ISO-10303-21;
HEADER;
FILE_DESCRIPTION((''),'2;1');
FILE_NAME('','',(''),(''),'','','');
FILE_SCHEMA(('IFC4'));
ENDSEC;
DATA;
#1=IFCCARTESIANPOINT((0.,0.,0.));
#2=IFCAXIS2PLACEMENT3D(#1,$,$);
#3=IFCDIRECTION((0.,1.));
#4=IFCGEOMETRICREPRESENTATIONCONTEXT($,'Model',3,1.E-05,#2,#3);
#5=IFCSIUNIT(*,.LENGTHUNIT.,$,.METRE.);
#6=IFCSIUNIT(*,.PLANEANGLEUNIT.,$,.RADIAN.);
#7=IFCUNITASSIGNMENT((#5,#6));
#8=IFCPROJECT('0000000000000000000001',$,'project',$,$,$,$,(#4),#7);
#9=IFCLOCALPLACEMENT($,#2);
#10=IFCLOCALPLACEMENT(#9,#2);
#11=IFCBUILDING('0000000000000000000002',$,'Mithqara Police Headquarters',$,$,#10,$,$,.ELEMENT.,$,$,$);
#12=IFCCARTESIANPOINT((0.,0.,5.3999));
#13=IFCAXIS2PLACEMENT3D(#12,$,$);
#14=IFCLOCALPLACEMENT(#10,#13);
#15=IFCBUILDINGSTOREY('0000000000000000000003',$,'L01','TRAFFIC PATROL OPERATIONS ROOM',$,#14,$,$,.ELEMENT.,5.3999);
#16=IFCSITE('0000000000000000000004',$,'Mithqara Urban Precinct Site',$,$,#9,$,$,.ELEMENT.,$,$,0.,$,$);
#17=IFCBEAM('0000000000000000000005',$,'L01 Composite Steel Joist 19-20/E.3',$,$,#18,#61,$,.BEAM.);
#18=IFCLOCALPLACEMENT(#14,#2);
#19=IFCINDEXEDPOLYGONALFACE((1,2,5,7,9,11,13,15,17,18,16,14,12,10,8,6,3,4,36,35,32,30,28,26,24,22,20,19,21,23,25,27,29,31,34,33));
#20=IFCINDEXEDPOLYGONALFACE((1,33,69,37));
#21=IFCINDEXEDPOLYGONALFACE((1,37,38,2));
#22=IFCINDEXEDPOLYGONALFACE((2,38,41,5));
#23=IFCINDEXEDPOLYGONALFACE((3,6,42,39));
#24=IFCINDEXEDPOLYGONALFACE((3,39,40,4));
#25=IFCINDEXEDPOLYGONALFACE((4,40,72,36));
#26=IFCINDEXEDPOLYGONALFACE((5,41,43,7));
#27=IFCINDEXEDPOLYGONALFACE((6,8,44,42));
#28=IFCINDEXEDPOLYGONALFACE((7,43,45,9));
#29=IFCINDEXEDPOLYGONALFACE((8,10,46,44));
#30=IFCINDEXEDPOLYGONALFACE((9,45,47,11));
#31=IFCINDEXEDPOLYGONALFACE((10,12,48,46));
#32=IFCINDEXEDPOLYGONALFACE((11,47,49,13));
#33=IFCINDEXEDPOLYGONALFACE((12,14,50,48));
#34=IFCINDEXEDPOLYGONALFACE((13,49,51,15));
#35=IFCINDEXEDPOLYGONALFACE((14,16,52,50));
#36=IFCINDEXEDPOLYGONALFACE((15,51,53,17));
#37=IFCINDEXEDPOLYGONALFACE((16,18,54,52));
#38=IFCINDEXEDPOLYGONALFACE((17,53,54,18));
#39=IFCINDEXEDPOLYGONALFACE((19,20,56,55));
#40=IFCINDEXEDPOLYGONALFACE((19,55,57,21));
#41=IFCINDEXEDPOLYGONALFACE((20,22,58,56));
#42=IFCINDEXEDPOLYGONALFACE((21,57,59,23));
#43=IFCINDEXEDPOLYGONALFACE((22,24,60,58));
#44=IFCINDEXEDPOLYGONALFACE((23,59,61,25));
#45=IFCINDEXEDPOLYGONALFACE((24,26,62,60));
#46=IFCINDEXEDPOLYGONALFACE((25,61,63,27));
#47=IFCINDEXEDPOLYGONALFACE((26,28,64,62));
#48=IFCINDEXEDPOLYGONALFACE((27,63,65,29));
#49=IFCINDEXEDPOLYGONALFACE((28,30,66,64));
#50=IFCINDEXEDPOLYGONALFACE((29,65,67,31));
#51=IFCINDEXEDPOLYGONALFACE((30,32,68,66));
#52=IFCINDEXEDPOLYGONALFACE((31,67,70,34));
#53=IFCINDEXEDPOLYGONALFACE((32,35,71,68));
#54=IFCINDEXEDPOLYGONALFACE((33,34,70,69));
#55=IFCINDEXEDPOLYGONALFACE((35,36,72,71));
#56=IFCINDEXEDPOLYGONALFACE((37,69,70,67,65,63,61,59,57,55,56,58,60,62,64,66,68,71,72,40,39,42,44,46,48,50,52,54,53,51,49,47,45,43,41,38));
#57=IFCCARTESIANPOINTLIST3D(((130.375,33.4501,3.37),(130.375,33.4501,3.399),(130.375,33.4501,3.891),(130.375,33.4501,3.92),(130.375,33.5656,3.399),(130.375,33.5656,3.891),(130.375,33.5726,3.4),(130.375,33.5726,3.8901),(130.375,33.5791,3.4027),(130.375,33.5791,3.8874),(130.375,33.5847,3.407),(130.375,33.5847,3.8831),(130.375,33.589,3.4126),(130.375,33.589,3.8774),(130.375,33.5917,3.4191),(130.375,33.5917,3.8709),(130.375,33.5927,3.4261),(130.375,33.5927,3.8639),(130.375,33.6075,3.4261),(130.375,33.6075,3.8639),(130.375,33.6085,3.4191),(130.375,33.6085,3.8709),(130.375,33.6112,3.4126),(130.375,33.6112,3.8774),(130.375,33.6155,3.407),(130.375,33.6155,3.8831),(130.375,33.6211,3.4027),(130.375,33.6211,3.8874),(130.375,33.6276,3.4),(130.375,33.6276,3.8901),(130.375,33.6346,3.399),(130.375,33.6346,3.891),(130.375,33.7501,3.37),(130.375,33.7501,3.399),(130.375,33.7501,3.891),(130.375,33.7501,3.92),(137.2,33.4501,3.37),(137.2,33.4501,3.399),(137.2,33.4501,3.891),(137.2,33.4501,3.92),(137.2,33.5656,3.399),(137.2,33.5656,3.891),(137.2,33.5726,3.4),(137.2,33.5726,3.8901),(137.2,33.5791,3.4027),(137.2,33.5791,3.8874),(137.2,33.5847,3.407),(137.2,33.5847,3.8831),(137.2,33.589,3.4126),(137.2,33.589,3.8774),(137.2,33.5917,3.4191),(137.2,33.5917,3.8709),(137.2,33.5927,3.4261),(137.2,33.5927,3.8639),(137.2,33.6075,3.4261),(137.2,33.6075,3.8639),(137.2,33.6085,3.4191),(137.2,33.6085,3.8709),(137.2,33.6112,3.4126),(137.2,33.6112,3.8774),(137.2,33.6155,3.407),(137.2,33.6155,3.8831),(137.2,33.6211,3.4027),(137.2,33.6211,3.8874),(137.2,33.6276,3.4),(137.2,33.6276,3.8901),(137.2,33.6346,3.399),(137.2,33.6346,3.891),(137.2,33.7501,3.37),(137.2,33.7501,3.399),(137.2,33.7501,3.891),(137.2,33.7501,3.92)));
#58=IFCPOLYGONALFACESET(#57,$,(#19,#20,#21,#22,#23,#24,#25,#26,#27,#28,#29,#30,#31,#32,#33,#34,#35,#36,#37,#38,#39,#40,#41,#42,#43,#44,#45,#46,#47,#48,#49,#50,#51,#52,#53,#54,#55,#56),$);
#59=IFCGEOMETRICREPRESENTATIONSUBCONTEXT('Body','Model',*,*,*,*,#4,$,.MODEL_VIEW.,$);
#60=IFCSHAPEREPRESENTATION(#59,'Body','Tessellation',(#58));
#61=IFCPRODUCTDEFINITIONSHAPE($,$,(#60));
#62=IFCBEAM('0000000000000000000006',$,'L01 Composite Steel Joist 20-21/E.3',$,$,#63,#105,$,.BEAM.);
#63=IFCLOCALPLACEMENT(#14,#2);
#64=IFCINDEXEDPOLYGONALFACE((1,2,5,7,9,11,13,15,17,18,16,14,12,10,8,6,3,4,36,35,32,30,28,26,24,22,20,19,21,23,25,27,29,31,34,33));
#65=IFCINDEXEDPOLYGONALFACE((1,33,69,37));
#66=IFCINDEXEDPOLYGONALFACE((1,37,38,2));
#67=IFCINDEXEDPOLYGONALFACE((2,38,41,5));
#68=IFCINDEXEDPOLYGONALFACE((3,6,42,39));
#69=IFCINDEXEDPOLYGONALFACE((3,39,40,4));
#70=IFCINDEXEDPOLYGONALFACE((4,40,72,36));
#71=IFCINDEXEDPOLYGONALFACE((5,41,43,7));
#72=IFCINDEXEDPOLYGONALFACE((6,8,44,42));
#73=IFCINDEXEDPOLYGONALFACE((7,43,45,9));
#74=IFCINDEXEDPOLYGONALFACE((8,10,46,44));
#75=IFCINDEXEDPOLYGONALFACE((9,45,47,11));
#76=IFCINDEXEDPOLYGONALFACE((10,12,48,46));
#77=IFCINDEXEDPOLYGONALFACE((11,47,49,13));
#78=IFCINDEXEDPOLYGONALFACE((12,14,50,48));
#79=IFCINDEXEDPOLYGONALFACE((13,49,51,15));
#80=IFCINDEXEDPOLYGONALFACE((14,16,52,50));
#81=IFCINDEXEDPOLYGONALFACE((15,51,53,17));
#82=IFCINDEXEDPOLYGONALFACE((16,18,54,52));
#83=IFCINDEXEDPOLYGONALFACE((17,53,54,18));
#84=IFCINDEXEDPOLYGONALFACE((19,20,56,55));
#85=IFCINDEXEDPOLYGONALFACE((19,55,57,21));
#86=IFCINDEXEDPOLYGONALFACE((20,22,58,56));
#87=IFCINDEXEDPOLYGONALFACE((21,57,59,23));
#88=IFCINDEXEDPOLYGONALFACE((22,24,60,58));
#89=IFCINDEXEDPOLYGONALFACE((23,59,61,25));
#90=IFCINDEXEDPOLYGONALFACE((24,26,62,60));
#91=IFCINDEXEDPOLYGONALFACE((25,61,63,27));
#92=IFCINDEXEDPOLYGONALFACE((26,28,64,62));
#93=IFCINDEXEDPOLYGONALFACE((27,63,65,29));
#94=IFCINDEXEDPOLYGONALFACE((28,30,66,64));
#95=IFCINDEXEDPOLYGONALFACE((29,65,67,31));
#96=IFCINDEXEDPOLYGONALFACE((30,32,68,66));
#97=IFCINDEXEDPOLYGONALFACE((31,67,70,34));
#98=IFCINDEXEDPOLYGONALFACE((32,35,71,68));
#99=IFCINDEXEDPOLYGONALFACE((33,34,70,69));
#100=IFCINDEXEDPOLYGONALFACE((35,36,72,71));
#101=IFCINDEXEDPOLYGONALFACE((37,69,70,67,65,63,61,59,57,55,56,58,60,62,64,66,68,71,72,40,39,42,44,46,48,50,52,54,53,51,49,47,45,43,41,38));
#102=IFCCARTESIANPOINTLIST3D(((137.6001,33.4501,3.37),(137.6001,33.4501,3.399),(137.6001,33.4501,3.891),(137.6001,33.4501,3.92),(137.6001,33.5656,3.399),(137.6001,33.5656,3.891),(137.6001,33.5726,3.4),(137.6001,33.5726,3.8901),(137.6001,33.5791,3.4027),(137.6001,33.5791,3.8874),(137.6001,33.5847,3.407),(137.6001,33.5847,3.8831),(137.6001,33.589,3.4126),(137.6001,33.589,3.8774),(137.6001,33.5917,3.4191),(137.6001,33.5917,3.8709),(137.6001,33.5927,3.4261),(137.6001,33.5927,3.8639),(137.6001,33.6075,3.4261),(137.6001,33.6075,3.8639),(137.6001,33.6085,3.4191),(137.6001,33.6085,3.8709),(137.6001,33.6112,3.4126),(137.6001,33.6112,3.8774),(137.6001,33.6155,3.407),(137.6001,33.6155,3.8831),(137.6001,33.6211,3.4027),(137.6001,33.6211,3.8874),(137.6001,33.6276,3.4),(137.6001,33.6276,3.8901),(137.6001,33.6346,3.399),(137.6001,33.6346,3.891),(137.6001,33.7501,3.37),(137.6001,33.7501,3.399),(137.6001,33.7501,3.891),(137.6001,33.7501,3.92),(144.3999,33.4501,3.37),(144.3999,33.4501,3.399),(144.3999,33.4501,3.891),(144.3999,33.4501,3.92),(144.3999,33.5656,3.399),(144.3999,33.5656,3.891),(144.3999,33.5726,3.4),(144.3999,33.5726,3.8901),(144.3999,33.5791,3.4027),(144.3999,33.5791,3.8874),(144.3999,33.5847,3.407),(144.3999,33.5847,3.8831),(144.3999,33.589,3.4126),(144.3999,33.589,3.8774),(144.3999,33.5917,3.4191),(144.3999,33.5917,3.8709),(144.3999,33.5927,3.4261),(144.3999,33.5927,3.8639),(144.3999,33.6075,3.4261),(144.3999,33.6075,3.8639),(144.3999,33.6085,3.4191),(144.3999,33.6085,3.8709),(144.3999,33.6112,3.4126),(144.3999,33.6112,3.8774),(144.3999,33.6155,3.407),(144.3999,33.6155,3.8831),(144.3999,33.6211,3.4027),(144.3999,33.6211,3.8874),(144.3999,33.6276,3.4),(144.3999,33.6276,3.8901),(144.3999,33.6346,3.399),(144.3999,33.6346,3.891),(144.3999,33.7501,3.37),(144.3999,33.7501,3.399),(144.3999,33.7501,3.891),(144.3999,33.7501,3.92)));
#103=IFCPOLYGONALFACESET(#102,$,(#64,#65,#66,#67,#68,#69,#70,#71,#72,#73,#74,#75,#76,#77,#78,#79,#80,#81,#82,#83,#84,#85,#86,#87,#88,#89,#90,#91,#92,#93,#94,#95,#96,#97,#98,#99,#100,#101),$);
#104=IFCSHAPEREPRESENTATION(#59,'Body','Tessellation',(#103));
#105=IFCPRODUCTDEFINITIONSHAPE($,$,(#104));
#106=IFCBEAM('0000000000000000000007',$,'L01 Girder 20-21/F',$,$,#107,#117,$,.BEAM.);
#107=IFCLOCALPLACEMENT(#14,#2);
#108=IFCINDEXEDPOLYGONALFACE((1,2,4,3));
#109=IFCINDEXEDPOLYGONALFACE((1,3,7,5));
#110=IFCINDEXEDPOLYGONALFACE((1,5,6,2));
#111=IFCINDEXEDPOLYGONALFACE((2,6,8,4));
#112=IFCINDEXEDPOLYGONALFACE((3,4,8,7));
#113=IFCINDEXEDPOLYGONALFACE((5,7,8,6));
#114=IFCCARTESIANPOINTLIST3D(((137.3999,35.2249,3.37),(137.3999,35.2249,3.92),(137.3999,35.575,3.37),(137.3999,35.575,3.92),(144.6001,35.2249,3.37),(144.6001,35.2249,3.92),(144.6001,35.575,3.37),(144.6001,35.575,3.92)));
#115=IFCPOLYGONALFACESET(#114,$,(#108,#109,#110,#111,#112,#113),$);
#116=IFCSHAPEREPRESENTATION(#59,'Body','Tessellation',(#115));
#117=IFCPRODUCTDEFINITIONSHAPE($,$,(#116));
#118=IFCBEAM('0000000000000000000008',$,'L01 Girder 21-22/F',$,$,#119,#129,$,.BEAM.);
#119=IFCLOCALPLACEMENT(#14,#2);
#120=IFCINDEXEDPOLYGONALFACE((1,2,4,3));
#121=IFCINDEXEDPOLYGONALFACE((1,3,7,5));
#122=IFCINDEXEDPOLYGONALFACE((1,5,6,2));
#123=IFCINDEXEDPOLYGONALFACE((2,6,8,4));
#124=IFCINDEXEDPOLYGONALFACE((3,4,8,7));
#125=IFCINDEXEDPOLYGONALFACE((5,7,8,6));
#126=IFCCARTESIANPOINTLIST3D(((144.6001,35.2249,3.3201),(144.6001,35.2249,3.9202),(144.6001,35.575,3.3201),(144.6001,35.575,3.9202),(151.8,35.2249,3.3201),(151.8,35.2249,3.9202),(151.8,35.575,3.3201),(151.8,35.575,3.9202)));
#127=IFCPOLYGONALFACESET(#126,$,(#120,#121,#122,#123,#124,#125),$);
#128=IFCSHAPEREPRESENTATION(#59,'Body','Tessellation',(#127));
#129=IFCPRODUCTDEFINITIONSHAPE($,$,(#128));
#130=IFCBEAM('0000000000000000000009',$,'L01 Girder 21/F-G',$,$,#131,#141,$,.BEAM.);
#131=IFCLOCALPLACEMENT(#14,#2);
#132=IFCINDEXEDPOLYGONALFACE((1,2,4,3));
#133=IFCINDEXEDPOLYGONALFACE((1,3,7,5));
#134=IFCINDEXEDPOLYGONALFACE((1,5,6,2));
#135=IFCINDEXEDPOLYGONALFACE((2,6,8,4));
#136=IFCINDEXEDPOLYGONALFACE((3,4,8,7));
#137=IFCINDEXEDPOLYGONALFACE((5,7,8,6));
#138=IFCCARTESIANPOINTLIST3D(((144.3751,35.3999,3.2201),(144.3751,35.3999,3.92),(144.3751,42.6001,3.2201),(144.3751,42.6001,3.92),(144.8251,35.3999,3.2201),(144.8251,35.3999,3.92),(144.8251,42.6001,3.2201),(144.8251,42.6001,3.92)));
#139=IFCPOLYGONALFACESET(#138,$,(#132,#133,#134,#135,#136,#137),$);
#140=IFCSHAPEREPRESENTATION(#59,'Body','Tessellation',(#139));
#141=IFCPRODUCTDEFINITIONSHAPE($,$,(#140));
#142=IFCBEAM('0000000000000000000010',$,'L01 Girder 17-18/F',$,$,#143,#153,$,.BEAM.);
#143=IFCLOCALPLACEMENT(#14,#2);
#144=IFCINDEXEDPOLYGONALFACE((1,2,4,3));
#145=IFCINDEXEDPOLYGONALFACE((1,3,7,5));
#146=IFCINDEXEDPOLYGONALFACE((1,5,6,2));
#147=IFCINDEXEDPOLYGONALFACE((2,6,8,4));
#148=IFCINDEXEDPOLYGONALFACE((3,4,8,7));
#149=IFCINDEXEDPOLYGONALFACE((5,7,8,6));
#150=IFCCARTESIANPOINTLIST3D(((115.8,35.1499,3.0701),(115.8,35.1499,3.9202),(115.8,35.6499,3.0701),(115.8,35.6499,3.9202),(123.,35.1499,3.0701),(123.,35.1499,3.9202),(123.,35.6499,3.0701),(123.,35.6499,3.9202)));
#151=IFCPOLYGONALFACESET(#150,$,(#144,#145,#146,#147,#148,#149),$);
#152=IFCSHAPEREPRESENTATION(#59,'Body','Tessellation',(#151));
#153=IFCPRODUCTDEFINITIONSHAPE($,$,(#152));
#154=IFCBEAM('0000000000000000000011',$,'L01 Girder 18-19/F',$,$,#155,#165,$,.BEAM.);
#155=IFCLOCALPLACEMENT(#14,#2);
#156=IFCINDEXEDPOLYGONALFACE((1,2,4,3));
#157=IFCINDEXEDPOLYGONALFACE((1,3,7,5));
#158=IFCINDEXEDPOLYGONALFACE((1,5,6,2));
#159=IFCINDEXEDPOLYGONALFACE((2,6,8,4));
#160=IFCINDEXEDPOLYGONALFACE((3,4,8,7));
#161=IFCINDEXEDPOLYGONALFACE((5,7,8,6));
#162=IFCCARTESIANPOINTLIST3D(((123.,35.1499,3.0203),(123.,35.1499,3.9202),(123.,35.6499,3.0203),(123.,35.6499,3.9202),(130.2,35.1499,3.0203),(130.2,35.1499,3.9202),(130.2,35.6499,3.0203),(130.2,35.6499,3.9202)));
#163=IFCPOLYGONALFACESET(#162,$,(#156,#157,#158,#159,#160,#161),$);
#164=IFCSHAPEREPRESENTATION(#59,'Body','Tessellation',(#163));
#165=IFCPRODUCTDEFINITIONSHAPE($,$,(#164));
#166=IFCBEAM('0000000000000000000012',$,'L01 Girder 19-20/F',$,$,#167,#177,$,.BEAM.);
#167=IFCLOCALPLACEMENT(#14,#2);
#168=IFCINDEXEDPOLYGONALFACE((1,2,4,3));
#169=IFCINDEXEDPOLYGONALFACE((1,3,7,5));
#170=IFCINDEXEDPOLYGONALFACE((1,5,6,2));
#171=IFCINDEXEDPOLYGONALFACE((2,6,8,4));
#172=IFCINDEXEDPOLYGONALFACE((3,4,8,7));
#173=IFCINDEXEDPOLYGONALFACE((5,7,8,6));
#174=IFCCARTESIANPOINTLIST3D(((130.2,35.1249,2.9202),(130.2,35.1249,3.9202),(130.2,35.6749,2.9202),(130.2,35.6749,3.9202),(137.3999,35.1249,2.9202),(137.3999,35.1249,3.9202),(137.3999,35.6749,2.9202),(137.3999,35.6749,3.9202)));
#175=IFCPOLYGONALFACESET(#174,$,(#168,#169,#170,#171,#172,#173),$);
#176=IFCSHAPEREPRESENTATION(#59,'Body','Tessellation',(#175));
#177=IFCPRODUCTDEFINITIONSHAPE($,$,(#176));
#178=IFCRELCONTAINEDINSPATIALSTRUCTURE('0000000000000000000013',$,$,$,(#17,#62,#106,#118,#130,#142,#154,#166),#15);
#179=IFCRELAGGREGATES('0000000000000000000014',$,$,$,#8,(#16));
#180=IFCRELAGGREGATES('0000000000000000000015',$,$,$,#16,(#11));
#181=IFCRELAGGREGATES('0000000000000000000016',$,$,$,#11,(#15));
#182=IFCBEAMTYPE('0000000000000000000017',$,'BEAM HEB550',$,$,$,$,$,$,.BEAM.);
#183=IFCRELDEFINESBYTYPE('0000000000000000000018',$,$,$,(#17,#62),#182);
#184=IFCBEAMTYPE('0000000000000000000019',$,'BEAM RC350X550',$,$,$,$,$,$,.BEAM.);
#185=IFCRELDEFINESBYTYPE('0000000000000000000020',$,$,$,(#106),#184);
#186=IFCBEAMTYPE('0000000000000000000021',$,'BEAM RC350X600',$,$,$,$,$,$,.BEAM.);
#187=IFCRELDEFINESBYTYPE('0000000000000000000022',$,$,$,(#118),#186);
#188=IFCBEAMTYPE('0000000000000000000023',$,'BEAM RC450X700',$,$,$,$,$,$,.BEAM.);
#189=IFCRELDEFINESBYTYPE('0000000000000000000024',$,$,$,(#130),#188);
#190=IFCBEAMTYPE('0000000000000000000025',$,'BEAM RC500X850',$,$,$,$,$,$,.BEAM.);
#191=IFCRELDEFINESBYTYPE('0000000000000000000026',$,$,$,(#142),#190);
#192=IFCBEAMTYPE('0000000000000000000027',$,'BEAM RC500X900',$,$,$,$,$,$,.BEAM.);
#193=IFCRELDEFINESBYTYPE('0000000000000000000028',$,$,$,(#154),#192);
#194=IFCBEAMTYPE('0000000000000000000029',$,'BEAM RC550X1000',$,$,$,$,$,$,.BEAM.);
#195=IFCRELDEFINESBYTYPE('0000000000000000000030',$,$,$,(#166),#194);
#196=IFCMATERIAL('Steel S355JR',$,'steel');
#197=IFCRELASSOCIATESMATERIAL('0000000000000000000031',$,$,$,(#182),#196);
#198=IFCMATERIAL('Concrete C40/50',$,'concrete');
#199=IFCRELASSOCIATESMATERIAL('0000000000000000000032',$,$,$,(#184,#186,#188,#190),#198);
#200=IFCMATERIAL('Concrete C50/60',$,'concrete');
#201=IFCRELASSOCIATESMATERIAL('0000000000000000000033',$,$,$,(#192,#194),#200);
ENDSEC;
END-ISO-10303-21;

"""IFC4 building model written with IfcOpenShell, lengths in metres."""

from ifc_helpers import new_model, si_unit, direction, frame, origin, origin_2d, place, context, subcontext, project, spatial, rectangle, i_section, extrude, material, material_profile, profile_set, type_object, element, save


model = new_model("IFC4")

# Units and contexts
model_context = context("Model", 3, precision=1e-05, world=origin(), true_north=direction((0.0, 1.0)))
body_context = subcontext(model_context, "Body", "Model", "MODEL_VIEW")
ifc_project = project(units=[si_unit("LENGTHUNIT", "METRE"), si_unit("PLANEANGLEUNIT", "RADIAN")], contexts=[model_context])

# Site, building, storey
site_placement = place(None, origin())
site = spatial("IfcSite", under=ifc_project, at=site_placement, Name="Mithqara Urban Precinct Site", CompositionType="ELEMENT", RefElevation=0.0)
building_placement = place(site_placement, origin())
building = spatial("IfcBuilding", under=site, at=building_placement, Name="Mithqara Police Headquarters", CompositionType="ELEMENT")
storey_placement = place(building_placement, frame((0.0, 0.0, 5.3999)))
storey = spatial("IfcBuildingStorey", under=building, at=storey_placement, Name="L01", Description="TRAFFIC PATROL OPERATIONS ROOM", CompositionType="ELEMENT", Elevation=5.3999)

# Shared definitions
ifc_material_1 = material(Name="Concrete C50/60", Category="concrete")

# Beams
ifc_material_2 = material(Name="Steel S355JR", Category="steel")
ifc_material_profile_1 = material_profile(ifc_material_2, i_section(OverallWidth=0.3, OverallDepth=0.55, WebThickness=0.0149, FlangeThickness=0.0291, FilletRadius=0.0271, at=origin_2d()), Name="HEB 550")
ifc_profile_set_1 = profile_set([ifc_material_profile_1], Name="Steel S355JR")
beam_type_1 = type_object("IfcBeamType", Name="BEAM HEB550", PredefinedType="BEAM", material=ifc_profile_set_1)
beam_1_placement = place(storey_placement, frame((130.375, 33.6001, 3.645), z_axis=(1.0, 0.0, 0.0), x_axis=(0.0, 1.0, 0.0)))
element("IfcBeam", 1, at=beam_1_placement, inside=storey, type_object=beam_type_1, Name="L01 Composite Steel Joist 19-20/E.3", PredefinedType="BEAM", context=body_context, shape_type="SweptSolid", body=[
    extrude(i_section(OverallWidth=0.3, OverallDepth=0.55, WebThickness=0.0149, FlangeThickness=0.0291, FilletRadius=0.0271, at=origin_2d()), origin(), (0.0, 0.0, 1.0), 6.825),
])
beam_2_placement = place(storey_placement, frame((137.6001, 33.6001, 3.645), z_axis=(1.0, 0.0, 0.0), x_axis=(0.0, 1.0, 0.0)))
element("IfcBeam", 2, at=beam_2_placement, inside=storey, type_object=beam_type_1, Name="L01 Composite Steel Joist 20-21/E.3", PredefinedType="BEAM", context=body_context, shape_type="SweptSolid", body=[
    extrude(i_section(OverallWidth=0.3, OverallDepth=0.55, WebThickness=0.0149, FlangeThickness=0.0291, FilletRadius=0.0271, at=origin_2d()), origin(), (0.0, 0.0, 1.0), 6.7998),
])
ifc_material_3 = material(Name="Concrete C40/50", Category="concrete")
ifc_material_profile_2 = material_profile(ifc_material_3, rectangle(XDim=0.3501, YDim=0.55, at=origin_2d()), Name="RC 350x550")
ifc_profile_set_2 = profile_set([ifc_material_profile_2], Name="Concrete C40/50")
beam_type_2 = type_object("IfcBeamType", Name="BEAM RC350X550", PredefinedType="BEAM", material=ifc_profile_set_2)
beam_3_placement = place(storey_placement, frame((137.3999, 35.3999, 3.645), z_axis=(1.0, 0.0, 0.0), x_axis=(0.0, 1.0, 0.0)))
element("IfcBeam", 3, at=beam_3_placement, inside=storey, type_object=beam_type_2, Name="L01 Girder 20-21/F", PredefinedType="BEAM", context=body_context, shape_type="SweptSolid", body=[
    extrude(rectangle(XDim=0.3501, YDim=0.55, at=origin_2d()), origin(), (0.0, 0.0, 1.0), 7.2002),
])
ifc_material_profile_3 = material_profile(ifc_material_3, rectangle(XDim=0.3501, YDim=0.6001, at=origin_2d()), Name="RC 350x600")
ifc_profile_set_3 = profile_set([ifc_material_profile_3], Name="Concrete C40/50")
beam_type_3 = type_object("IfcBeamType", Name="BEAM RC350X600", PredefinedType="BEAM", material=ifc_profile_set_3)
beam_4_placement = place(storey_placement, frame((144.6001, 35.3999, 3.6201), z_axis=(1.0, 0.0, 0.0), x_axis=(0.0, 1.0, 0.0)))
element("IfcBeam", 4, at=beam_4_placement, inside=storey, type_object=beam_type_3, Name="L01 Girder 21-22/F", PredefinedType="BEAM", context=body_context, shape_type="SweptSolid", body=[
    extrude(rectangle(XDim=0.3501, YDim=0.6001, at=origin_2d()), origin(), (0.0, 0.0, 1.0), 7.2),
])
ifc_material_profile_4 = material_profile(ifc_material_3, rectangle(XDim=0.45, YDim=0.7, at=origin_2d()), Name="RC 450x700")
ifc_profile_set_4 = profile_set([ifc_material_profile_4], Name="Concrete C40/50")
beam_type_4 = type_object("IfcBeamType", Name="BEAM RC450X700", PredefinedType="BEAM", material=ifc_profile_set_4)
beam_5_placement = place(storey_placement, frame((144.6001, 35.3999, 3.5701), z_axis=(0.0, 1.0, 0.0), x_axis=(-1.0, 0.0, 0.0)))
element("IfcBeam", 5, at=beam_5_placement, inside=storey, type_object=beam_type_4, Name="L01 Girder 21/F-G", PredefinedType="BEAM", context=body_context, shape_type="SweptSolid", body=[
    extrude(rectangle(XDim=0.45, YDim=0.7, at=origin_2d()), origin(), (0.0, 0.0, 1.0), 7.2002),
])
ifc_material_profile_5 = material_profile(ifc_material_3, rectangle(XDim=0.5, YDim=0.8501, at=origin_2d()), Name="RC 500x850")
ifc_profile_set_5 = profile_set([ifc_material_profile_5], Name="Concrete C40/50")
beam_type_5 = type_object("IfcBeamType", Name="BEAM RC500X850", PredefinedType="BEAM", material=ifc_profile_set_5)
beam_6_placement = place(storey_placement, frame((115.8, 35.3999, 3.4951), z_axis=(1.0, 0.0, 0.0), x_axis=(0.0, 1.0, 0.0)))
element("IfcBeam", 6, at=beam_6_placement, inside=storey, type_object=beam_type_5, Name="L01 Girder 17-18/F", PredefinedType="BEAM", context=body_context, shape_type="SweptSolid", body=[
    extrude(rectangle(XDim=0.5, YDim=0.8501, at=origin_2d()), origin(), (0.0, 0.0, 1.0), 7.2),
])
ifc_material_profile_6 = material_profile(ifc_material_1, rectangle(XDim=0.5, YDim=0.8999, at=origin_2d()), Name="RC 500x900")
ifc_profile_set_6 = profile_set([ifc_material_profile_6], Name="Concrete C50/60")
beam_type_6 = type_object("IfcBeamType", Name="BEAM RC500X900", PredefinedType="BEAM", material=ifc_profile_set_6)
beam_7_placement = place(storey_placement, frame((123.0, 35.3999, 3.4702), z_axis=(1.0, 0.0, 0.0), x_axis=(0.0, 1.0, 0.0)))
element("IfcBeam", 7, at=beam_7_placement, inside=storey, type_object=beam_type_6, Name="L01 Girder 18-19/F", PredefinedType="BEAM", context=body_context, shape_type="SweptSolid", body=[
    extrude(rectangle(XDim=0.5, YDim=0.8999, at=origin_2d()), origin(), (0.0, 0.0, 1.0), 7.2),
])
ifc_material_profile_7 = material_profile(ifc_material_1, rectangle(XDim=0.55, YDim=1.0, at=origin_2d()), Name="RC 550x1000")
ifc_profile_set_7 = profile_set([ifc_material_profile_7], Name="Concrete C50/60")
beam_type_7 = type_object("IfcBeamType", Name="BEAM RC550X1000", PredefinedType="BEAM", material=ifc_profile_set_7)
beam_8_placement = place(storey_placement, frame((130.2, 35.3999, 3.4202), z_axis=(1.0, 0.0, 0.0), x_axis=(0.0, 1.0, 0.0)))
element("IfcBeam", 8, at=beam_8_placement, inside=storey, type_object=beam_type_7, Name="L01 Girder 19-20/F", PredefinedType="BEAM", context=body_context, shape_type="SweptSolid", body=[
    extrude(rectangle(XDim=0.55, YDim=1.0, at=origin_2d()), origin(), (0.0, 0.0, 1.0), 7.2),
])

save(model, "model.ifc")
